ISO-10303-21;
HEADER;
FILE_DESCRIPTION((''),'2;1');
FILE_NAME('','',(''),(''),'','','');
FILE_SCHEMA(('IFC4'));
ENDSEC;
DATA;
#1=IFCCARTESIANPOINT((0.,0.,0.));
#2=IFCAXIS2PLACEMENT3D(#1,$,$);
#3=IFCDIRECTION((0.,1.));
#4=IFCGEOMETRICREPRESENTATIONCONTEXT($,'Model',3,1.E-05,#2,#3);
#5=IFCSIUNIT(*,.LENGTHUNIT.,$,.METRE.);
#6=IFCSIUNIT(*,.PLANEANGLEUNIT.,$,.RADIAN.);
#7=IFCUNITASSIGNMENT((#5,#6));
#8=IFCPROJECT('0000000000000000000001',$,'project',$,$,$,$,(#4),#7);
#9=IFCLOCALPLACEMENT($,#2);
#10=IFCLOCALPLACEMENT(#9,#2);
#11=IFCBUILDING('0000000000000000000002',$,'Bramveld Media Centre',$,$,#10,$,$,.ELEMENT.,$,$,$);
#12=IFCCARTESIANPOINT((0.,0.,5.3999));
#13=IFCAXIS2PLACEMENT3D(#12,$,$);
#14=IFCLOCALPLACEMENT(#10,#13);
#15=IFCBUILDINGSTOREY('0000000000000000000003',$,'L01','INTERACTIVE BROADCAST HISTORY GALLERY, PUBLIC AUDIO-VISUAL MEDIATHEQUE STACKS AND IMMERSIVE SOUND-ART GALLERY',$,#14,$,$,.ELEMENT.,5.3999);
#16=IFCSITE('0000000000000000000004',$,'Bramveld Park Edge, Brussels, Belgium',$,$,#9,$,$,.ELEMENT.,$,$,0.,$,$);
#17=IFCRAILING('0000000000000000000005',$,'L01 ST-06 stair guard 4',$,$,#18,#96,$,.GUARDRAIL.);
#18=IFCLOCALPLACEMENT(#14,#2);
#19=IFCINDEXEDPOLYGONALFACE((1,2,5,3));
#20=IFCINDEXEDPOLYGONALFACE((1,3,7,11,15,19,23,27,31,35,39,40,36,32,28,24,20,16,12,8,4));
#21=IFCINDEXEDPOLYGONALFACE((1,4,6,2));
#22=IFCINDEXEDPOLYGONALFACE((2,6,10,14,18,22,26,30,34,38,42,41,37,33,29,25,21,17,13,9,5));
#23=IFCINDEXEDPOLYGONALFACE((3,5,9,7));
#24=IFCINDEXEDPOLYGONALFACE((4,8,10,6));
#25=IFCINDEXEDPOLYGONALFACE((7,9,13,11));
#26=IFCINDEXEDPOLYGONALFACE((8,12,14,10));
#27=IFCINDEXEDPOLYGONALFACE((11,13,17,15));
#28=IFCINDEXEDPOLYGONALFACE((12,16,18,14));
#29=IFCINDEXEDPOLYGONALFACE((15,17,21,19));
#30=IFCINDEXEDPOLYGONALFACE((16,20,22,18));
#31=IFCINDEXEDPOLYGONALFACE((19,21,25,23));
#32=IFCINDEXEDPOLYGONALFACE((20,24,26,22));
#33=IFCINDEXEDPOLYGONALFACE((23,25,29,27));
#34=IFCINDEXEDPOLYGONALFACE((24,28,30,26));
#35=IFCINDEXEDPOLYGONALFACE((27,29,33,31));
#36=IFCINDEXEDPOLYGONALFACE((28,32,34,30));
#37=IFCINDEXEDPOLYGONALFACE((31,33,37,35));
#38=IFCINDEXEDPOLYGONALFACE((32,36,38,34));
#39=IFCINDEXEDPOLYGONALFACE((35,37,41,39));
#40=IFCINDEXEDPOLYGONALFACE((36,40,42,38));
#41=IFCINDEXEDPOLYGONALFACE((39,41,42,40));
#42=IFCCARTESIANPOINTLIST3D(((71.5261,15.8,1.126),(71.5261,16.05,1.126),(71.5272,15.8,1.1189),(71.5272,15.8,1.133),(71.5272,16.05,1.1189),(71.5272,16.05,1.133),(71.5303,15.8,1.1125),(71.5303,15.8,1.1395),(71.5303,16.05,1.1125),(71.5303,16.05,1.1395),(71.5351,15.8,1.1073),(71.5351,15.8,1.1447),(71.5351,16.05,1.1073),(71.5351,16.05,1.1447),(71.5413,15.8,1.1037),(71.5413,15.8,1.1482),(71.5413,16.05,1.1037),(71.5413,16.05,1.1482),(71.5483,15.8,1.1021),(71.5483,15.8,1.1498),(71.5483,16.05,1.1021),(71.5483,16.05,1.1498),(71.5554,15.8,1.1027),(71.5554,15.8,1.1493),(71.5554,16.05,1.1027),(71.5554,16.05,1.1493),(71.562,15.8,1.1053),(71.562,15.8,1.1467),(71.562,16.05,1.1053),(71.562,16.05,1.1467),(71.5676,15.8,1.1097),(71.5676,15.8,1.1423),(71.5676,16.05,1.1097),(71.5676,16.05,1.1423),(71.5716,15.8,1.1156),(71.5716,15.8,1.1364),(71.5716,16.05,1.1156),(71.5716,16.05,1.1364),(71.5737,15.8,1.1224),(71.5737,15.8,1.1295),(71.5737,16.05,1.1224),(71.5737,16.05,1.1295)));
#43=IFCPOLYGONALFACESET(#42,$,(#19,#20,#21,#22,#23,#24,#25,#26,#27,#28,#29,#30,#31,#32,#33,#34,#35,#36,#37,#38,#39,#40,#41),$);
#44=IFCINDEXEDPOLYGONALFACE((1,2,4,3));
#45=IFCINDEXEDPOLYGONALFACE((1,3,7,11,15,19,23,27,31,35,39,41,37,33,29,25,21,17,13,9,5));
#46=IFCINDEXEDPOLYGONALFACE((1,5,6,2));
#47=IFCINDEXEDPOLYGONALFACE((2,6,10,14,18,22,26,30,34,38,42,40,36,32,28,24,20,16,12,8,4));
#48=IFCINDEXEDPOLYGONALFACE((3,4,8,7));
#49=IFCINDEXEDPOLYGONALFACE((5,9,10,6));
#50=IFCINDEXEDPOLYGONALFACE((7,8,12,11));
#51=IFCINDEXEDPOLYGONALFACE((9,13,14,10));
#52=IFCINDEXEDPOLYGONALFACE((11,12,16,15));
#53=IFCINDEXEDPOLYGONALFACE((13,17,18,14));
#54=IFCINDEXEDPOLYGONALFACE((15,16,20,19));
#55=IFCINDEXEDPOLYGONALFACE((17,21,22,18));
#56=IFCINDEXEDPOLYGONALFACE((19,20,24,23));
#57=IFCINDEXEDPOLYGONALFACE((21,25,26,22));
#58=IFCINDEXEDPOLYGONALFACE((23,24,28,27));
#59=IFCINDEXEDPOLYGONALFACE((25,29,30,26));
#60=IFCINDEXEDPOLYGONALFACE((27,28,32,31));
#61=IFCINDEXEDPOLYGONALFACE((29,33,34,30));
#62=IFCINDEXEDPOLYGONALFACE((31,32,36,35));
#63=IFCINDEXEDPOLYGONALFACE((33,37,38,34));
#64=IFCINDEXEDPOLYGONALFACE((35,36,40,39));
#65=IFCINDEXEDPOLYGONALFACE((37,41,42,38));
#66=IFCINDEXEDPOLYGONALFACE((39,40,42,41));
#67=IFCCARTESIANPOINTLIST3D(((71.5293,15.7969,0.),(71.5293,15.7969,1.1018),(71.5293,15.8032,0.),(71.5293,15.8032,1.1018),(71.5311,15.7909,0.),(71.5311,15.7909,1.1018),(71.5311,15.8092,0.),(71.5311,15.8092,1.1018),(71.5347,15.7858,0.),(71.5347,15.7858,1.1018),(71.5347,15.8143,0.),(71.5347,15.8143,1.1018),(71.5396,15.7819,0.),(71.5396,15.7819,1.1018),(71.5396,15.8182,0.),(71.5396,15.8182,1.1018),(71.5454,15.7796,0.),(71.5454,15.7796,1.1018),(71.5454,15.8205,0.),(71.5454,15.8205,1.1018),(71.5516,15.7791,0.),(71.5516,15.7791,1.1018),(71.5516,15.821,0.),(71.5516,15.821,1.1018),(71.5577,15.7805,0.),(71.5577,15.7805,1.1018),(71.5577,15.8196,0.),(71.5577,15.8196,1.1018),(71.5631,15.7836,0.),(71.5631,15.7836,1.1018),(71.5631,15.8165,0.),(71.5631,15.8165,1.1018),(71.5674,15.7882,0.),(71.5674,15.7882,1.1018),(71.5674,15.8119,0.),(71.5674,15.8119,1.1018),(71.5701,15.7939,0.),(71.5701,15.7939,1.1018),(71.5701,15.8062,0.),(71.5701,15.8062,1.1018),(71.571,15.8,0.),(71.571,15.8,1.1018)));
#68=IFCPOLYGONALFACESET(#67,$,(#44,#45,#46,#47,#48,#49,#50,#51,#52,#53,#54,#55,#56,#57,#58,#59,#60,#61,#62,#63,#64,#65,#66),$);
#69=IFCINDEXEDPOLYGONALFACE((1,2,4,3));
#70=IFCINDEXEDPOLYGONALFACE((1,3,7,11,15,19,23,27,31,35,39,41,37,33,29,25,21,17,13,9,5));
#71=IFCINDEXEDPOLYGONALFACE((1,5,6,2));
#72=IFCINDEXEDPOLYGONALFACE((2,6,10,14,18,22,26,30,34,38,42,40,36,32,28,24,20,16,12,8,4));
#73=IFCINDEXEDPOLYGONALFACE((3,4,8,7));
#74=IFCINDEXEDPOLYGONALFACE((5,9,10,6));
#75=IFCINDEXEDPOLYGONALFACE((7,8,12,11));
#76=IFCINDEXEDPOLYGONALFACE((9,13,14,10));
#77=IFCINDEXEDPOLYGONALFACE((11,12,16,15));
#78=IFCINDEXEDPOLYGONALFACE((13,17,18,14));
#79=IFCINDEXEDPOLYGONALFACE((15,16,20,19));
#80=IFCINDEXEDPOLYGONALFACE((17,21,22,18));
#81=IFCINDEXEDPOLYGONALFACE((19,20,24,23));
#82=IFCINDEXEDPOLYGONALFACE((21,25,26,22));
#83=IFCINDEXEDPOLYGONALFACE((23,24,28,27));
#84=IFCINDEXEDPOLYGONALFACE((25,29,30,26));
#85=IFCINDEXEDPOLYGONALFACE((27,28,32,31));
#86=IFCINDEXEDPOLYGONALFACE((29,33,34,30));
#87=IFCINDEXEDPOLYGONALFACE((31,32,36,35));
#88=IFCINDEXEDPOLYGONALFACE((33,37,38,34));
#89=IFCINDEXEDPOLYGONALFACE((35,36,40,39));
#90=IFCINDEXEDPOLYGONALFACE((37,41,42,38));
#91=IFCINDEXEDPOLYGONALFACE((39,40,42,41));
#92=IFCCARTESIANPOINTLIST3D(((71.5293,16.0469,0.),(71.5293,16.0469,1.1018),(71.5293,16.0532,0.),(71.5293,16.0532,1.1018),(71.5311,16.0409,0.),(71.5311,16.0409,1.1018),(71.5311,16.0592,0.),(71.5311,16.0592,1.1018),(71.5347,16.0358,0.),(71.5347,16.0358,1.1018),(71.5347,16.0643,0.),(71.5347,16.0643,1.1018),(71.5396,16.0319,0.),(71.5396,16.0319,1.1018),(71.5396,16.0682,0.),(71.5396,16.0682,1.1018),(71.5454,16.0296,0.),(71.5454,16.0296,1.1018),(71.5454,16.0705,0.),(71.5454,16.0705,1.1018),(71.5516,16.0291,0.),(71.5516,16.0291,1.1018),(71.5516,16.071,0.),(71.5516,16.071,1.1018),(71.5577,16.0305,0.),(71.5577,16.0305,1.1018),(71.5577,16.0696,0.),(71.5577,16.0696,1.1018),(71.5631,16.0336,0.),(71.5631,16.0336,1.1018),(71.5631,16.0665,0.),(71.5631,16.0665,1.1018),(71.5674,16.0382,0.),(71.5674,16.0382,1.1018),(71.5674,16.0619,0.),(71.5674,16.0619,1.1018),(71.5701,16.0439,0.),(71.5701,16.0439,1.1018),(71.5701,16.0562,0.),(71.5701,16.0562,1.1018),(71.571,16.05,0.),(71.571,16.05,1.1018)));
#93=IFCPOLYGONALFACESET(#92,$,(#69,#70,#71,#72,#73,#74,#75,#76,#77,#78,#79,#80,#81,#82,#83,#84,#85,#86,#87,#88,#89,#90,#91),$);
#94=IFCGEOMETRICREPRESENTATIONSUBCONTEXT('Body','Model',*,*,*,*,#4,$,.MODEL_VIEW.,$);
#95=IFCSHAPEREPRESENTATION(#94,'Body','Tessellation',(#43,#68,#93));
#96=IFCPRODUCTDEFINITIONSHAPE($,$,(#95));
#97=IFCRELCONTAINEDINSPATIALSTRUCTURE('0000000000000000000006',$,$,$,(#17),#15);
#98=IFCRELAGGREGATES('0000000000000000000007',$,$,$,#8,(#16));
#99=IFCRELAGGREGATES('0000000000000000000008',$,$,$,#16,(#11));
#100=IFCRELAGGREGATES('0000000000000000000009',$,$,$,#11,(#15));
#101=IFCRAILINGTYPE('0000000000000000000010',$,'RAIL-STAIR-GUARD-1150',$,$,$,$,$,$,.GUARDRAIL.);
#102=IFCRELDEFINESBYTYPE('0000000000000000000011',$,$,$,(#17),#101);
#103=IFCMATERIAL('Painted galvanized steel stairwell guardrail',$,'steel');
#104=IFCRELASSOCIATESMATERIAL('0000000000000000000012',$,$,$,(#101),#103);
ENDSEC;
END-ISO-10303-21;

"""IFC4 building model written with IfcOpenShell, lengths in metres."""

from ifc_helpers import new_model, si_unit, direction, frame, origin, origin_2d, place, context, subcontext, project, spatial, circle, extrude, material, type_object, element, save


model = new_model("IFC4")

# Units and contexts
model_context = context("Model", 3, precision=1e-05, world=origin(), true_north=direction((0.0, 1.0)))
body_context = subcontext(model_context, "Body", "Model", "MODEL_VIEW")
ifc_project = project(units=[si_unit("LENGTHUNIT", "METRE"), si_unit("PLANEANGLEUNIT", "RADIAN")], contexts=[model_context])

# Site, building, storey
site_placement = place(None, origin())
site = spatial("IfcSite", under=ifc_project, at=site_placement, Name="Bramveld Park Edge, Brussels, Belgium", CompositionType="ELEMENT", RefElevation=0.0)
building_placement = place(site_placement, origin())
building = spatial("IfcBuilding", under=site, at=building_placement, Name="Bramveld Media Centre", CompositionType="ELEMENT")
storey_placement = place(building_placement, frame((0.0, 0.0, 5.3999)))
storey = spatial("IfcBuildingStorey", under=building, at=storey_placement, Name="L01", Description="INTERACTIVE BROADCAST HISTORY GALLERY, PUBLIC AUDIO-VISUAL MEDIATHEQUE STACKS AND IMMERSIVE SOUND-ART GALLERY", CompositionType="ELEMENT", Elevation=5.3999)

# Railing
ifc_material_1 = material(Name="Painted galvanized steel stairwell guardrail", Category="steel")
railing_type_1 = type_object("IfcRailingType", Name="RAIL-STAIR-GUARD-1150", PredefinedType="GUARDRAIL", material=ifc_material_1)
railing_1_placement = place(storey_placement, frame((71.55, 15.8, 0.0)))
element("IfcRailing", 1, at=railing_1_placement, inside=storey, type_object=railing_type_1, Name="L01 ST-06 stair guard 4", PredefinedType="GUARDRAIL", context=body_context, shape_type="SweptSolid", body=[
    extrude(circle(Radius=0.0239, at=origin_2d()), frame((0.0, 0.0, 1.126), z_axis=(0.0, 1.0, 0.0), x_axis=(-1.0, 0.0, 0.0)), (0.0, 0.0, 1.0), 0.25),
    extrude(circle(Radius=0.021, at=origin_2d()), origin(), (0.0, 0.0, 1.0), 1.1018),
    extrude(circle(Radius=0.021, at=origin_2d()), frame((0.0, 0.25, 0.0)), (0.0, 0.0, 1.0), 1.1018),
])

save(model, "model.ifc")
